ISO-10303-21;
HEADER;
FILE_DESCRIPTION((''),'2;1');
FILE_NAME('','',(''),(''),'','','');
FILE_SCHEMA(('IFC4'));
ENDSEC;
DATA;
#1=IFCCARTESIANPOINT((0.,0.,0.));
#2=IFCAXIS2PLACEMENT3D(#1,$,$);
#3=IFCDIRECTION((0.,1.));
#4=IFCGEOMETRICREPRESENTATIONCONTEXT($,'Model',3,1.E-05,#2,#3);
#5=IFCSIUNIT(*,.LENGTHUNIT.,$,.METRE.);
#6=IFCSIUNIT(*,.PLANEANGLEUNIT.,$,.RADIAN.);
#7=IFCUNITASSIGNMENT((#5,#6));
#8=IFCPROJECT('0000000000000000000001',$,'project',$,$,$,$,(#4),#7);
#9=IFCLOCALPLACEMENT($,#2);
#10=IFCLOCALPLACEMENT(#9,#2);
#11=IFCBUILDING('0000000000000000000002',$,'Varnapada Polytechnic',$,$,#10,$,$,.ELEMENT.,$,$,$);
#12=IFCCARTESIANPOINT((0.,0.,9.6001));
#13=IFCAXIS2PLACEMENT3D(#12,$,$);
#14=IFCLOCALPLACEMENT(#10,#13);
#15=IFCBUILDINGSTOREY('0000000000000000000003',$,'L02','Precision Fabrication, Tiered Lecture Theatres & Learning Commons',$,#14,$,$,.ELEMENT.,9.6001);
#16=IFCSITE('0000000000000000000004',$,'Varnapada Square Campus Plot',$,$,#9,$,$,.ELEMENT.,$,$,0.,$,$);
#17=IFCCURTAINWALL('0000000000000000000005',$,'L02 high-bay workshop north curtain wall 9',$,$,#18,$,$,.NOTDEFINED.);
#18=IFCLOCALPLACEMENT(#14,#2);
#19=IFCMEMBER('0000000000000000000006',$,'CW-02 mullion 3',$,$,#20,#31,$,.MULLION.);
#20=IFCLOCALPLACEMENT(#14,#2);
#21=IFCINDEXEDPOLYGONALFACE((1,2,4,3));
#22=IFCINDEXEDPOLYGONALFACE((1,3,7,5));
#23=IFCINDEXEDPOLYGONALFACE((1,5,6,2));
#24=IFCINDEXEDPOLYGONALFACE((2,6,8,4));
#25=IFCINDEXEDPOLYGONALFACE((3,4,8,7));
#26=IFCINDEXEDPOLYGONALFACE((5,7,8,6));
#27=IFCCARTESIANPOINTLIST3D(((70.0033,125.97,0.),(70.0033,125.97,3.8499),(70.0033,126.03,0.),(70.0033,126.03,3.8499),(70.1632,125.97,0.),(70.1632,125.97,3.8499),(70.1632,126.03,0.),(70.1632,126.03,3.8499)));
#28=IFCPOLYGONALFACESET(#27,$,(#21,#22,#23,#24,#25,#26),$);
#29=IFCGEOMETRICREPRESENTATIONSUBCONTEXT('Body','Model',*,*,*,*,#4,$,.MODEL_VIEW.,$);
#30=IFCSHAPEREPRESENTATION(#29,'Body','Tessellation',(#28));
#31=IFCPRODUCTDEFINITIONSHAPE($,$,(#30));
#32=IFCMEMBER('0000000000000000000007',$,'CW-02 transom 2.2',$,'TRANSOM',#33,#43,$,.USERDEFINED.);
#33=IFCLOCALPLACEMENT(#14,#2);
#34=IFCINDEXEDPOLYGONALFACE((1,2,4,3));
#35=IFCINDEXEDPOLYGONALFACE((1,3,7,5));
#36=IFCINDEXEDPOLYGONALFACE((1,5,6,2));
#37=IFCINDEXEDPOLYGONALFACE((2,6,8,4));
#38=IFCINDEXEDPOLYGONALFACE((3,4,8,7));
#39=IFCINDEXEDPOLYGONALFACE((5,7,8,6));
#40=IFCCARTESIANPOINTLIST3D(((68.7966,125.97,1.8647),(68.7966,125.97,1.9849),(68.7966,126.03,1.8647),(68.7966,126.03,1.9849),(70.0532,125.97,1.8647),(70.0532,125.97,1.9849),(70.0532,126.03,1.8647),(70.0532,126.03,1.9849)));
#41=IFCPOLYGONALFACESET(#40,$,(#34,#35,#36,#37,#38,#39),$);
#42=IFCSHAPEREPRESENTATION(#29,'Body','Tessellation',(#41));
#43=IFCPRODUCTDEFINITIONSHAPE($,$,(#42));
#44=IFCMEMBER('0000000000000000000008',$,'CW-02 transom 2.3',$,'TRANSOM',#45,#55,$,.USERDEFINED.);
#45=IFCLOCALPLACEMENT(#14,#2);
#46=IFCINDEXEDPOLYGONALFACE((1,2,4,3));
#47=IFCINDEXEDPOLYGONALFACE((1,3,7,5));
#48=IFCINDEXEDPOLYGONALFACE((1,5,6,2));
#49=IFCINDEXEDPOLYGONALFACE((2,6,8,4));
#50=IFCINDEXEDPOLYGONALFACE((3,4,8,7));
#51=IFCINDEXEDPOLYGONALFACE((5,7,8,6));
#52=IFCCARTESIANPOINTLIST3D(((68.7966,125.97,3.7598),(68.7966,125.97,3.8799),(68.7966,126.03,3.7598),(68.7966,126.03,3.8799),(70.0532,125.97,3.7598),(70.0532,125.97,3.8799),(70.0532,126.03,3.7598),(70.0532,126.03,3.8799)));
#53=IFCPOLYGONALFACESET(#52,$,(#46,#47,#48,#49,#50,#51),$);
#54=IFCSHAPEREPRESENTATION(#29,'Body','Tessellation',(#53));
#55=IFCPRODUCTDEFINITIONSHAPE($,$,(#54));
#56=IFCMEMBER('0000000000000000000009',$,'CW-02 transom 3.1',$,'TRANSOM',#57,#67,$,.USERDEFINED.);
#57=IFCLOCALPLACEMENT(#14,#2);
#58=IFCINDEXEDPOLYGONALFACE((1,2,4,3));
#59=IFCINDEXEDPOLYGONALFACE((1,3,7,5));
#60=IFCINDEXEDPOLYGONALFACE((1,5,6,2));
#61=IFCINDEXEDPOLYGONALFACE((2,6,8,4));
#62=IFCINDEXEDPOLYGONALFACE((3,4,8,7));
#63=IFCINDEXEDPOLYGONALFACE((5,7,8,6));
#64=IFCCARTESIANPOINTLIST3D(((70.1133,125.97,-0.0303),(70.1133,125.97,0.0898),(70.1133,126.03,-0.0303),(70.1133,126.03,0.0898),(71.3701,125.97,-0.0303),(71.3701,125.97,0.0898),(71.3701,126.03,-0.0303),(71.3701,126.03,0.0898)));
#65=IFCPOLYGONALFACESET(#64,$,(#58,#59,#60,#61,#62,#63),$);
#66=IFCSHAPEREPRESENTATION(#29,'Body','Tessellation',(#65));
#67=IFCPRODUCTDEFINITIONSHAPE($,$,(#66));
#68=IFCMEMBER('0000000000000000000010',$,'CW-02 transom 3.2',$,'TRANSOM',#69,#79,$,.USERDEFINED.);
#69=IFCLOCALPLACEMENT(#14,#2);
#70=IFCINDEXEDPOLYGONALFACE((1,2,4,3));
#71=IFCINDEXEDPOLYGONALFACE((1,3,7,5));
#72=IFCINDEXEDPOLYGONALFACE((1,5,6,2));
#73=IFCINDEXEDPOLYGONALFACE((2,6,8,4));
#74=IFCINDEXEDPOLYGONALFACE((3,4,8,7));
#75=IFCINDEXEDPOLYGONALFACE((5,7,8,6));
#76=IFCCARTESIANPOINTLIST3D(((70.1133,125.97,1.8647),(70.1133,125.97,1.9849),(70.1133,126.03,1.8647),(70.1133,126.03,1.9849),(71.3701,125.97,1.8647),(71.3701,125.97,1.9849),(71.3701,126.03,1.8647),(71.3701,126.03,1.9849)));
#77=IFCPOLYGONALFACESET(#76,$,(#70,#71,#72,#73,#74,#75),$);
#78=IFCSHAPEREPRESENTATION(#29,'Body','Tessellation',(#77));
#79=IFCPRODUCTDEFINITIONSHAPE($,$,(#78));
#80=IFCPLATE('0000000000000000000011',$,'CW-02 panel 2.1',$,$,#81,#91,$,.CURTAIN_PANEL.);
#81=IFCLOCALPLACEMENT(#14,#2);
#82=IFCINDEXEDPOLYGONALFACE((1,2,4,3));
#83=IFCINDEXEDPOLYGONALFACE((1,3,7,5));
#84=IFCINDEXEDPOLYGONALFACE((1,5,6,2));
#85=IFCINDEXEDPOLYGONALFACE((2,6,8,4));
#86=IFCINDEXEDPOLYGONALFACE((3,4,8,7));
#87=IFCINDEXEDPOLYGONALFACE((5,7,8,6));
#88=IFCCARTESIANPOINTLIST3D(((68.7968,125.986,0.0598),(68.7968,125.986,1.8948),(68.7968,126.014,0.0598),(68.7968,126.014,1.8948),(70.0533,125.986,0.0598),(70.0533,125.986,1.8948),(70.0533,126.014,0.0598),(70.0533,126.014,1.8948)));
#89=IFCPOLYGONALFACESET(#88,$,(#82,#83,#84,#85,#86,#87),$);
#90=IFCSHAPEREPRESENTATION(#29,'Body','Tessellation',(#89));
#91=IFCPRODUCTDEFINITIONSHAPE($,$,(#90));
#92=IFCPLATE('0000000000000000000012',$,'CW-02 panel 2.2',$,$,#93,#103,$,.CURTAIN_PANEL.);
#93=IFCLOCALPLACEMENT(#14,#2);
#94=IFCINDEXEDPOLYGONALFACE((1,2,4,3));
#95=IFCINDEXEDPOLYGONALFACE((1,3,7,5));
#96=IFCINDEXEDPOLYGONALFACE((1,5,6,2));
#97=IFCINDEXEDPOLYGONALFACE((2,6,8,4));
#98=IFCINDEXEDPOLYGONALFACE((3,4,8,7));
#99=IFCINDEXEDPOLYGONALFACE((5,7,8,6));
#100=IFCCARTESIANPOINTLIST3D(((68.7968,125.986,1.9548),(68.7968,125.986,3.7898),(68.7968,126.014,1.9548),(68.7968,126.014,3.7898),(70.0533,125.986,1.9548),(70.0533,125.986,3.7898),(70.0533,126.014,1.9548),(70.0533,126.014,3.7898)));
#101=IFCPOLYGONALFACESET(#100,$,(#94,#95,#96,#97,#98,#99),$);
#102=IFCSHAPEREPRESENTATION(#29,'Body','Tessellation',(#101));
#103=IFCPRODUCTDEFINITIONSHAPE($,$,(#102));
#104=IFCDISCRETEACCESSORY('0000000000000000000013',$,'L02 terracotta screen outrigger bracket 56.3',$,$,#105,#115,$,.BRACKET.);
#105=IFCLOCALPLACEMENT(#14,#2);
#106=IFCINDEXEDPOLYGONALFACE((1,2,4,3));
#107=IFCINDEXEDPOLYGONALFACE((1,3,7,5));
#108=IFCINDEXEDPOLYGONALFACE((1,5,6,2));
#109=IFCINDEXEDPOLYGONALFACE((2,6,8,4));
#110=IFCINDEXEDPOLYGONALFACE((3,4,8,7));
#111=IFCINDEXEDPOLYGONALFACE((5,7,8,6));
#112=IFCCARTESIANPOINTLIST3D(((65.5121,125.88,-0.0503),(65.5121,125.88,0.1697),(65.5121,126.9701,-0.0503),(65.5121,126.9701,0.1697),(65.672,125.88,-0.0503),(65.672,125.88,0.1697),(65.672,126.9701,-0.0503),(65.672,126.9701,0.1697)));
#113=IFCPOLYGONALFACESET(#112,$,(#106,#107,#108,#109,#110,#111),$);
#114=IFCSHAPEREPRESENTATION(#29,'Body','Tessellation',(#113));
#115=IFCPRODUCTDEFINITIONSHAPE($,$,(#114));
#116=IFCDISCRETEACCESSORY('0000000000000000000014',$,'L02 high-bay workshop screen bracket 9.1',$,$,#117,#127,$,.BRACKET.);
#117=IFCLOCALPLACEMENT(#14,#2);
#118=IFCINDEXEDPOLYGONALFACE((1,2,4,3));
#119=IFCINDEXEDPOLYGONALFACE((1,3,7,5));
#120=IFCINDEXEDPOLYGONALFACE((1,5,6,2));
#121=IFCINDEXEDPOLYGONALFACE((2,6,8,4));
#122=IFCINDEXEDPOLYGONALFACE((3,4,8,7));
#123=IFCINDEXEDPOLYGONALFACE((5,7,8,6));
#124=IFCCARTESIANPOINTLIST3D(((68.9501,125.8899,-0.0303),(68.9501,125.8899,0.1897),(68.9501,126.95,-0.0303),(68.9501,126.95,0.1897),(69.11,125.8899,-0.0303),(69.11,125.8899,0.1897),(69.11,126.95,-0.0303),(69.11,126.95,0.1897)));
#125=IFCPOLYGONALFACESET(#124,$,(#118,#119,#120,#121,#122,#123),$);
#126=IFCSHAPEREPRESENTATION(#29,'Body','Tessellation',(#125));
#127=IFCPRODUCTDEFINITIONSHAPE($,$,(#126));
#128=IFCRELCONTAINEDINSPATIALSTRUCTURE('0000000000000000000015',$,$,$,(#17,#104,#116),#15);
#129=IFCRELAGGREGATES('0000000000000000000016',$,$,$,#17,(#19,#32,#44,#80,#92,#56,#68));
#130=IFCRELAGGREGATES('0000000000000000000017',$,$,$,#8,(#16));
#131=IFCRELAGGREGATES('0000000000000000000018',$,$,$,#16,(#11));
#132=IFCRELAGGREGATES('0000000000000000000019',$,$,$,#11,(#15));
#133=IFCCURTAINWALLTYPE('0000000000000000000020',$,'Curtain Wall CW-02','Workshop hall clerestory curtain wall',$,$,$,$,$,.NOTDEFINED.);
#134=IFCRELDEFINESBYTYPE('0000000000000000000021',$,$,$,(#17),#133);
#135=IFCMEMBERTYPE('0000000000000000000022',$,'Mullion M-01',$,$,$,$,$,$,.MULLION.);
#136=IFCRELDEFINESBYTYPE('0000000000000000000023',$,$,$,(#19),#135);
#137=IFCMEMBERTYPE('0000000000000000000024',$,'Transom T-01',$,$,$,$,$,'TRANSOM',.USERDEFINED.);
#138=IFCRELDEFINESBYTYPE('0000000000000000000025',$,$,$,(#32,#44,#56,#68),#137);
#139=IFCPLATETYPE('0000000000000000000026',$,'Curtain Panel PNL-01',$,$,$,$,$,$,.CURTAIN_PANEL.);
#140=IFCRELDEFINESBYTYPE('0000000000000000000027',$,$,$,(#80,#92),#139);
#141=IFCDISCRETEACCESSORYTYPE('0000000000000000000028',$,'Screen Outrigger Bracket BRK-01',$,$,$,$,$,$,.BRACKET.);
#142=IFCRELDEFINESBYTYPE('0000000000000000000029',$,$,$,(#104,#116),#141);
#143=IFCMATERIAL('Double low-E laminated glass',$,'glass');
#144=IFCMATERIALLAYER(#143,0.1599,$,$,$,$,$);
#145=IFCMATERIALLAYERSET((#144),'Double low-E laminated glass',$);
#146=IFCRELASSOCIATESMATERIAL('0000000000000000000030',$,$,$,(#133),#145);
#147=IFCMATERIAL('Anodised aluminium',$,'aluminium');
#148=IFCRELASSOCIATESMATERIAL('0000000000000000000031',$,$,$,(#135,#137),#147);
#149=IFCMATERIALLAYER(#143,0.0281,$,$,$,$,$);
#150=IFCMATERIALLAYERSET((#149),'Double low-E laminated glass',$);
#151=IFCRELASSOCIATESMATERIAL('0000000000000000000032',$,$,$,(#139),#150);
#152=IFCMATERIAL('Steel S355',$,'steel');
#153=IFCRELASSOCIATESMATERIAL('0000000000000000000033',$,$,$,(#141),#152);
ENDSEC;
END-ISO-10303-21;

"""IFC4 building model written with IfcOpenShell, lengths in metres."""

from ifc_helpers import new_model, si_unit, direction, frame, origin, origin_2d, place, context, subcontext, project, spatial, rectangle, extrude, material, layer, layer_set, material_profile, profile_set, type_object, element, aggregate, save


model = new_model("IFC4")

# Units and contexts
model_context = context("Model", 3, precision=1e-05, world=origin(), true_north=direction((0.0, 1.0)))
body_context = subcontext(model_context, "Body", "Model", "MODEL_VIEW")
ifc_project = project(units=[si_unit("LENGTHUNIT", "METRE"), si_unit("PLANEANGLEUNIT", "RADIAN")], contexts=[model_context])

# Site, building, storey
site_placement = place(None, origin())
site = spatial("IfcSite", under=ifc_project, at=site_placement, Name="Varnapada Square Campus Plot", CompositionType="ELEMENT", RefElevation=0.0)
building_placement = place(site_placement, origin())
building = spatial("IfcBuilding", under=site, at=building_placement, Name="Varnapada Polytechnic", CompositionType="ELEMENT")
storey_placement = place(building_placement, frame((0.0, 0.0, 9.6001)))
storey = spatial("IfcBuildingStorey", under=building, at=storey_placement, Name="L02", Description="Precision Fabrication, Tiered Lecture Theatres & Learning Commons", CompositionType="ELEMENT", Elevation=9.6001)

# Curtain wall, members, plates
ifc_material_1 = material(Name="Double low-E laminated glass", Category="glass")
ifc_layer_1 = layer(ifc_material_1, 0.1599)
ifc_layer_set_1 = layer_set([ifc_layer_1], Name="Double low-E laminated glass")
curtain_wall_type = type_object("IfcCurtainWallType", Name="Curtain Wall CW-02", Description="Workshop hall clerestory curtain wall", PredefinedType="NOTDEFINED", material=ifc_layer_set_1)
curtain_wall_placement = place(storey_placement, origin())
curtain_wall = element("IfcCurtainWall", 1, at=curtain_wall_placement, inside=storey, type_object=curtain_wall_type, Name="L02 high-bay workshop north curtain wall 9", PredefinedType="NOTDEFINED")
ifc_material_2 = material(Name="Anodised aluminium", Category="aluminium")
ifc_material_profile_1 = material_profile(ifc_material_2, rectangle(XDim=0.0601, YDim=0.1599, at=origin_2d()), Name="ALU M60x160")
ifc_profile_set_1 = profile_set([ifc_material_profile_1], Name="Anodised aluminium")
member_type_1 = type_object("IfcMemberType", Name="Mullion M-01", PredefinedType="MULLION", material=ifc_profile_set_1)
member_1_placement = place(storey_placement, frame((70.0833, 126.0, 0.0), z_axis=(0.0, 0.0, 1.0), x_axis=(0.0, 1.0, 0.0)))
member_1 = element("IfcMember", 2, at=member_1_placement, type_object=member_type_1, Name="CW-02 mullion 3", PredefinedType="MULLION", context=body_context, shape_type="SweptSolid", body=[
    extrude(rectangle(XDim=0.0601, YDim=0.1599, at=origin_2d()), origin(), (0.0, 0.0, 1.0), 3.8499),
])
ifc_material_profile_2 = material_profile(ifc_material_2, rectangle(XDim=0.0601, YDim=0.1201, at=origin_2d()), Name="ALU T60x120")
ifc_profile_set_2 = profile_set([ifc_material_profile_2], Name="Anodised aluminium")
member_type_2 = type_object("IfcMemberType", Name="Transom T-01", ElementType="TRANSOM", PredefinedType="USERDEFINED", material=ifc_profile_set_2)
member_2_placement = place(storey_placement, frame((68.7966, 126.0, 1.9248), z_axis=(1.0, 0.0, 0.0), x_axis=(0.0, 1.0, 0.0)))
member_2 = element("IfcMember", 3, at=member_2_placement, type_object=member_type_2, Name="CW-02 transom 2.2", ObjectType="TRANSOM", PredefinedType="USERDEFINED", context=body_context, shape_type="SweptSolid", body=[
    extrude(rectangle(XDim=0.0601, YDim=0.1201, at=origin_2d()), origin(), (0.0, 0.0, 1.0), 1.2566),
])
member_3_placement = place(storey_placement, frame((68.7966, 126.0, 3.8198), z_axis=(1.0, 0.0, 0.0), x_axis=(0.0, 1.0, 0.0)))
member_3 = element("IfcMember", 4, at=member_3_placement, type_object=member_type_2, Name="CW-02 transom 2.3", ObjectType="TRANSOM", PredefinedType="USERDEFINED", context=body_context, shape_type="SweptSolid", body=[
    extrude(rectangle(XDim=0.0601, YDim=0.1201, at=origin_2d()), origin(), (0.0, 0.0, 1.0), 1.2566),
])
member_4_placement = place(storey_placement, frame((70.1133, 126.0, 0.0298), z_axis=(1.0, 0.0, 0.0), x_axis=(0.0, 1.0, 0.0)))
member_4 = element("IfcMember", 5, at=member_4_placement, type_object=member_type_2, Name="CW-02 transom 3.1", ObjectType="TRANSOM", PredefinedType="USERDEFINED", context=body_context, shape_type="SweptSolid", body=[
    extrude(rectangle(XDim=0.0601, YDim=0.1201, at=origin_2d()), origin(), (0.0, 0.0, 1.0), 1.2568),
])
member_5_placement = place(storey_placement, frame((70.1133, 126.0, 1.9248), z_axis=(1.0, 0.0, 0.0), x_axis=(0.0, 1.0, 0.0)))
member_5 = element("IfcMember", 6, at=member_5_placement, type_object=member_type_2, Name="CW-02 transom 3.2", ObjectType="TRANSOM", PredefinedType="USERDEFINED", context=body_context, shape_type="SweptSolid", body=[
    extrude(rectangle(XDim=0.0601, YDim=0.1201, at=origin_2d()), origin(), (0.0, 0.0, 1.0), 1.2568),
])
ifc_layer_2 = layer(ifc_material_1, 0.0281)
ifc_layer_set_2 = layer_set([ifc_layer_2], Name="Double low-E laminated glass")
plate_type = type_object("IfcPlateType", Name="Curtain Panel PNL-01", PredefinedType="CURTAIN_PANEL", material=ifc_layer_set_2)
plate_1_placement = place(storey_placement, frame((69.425, 126.0, 0.0598), z_axis=(0.0, 0.0, 1.0), x_axis=(1.0, 0.0, 0.0)))
plate_1 = element("IfcPlate", 7, at=plate_1_placement, type_object=plate_type, Name="CW-02 panel 2.1", PredefinedType="CURTAIN_PANEL", context=body_context, shape_type="SweptSolid", body=[
    extrude(rectangle(XDim=1.2566, YDim=0.0281, at=origin_2d()), origin(), (0.0, 0.0, 1.0), 1.835),
])
plate_2_placement = place(storey_placement, frame((69.425, 126.0, 1.9548), z_axis=(0.0, 0.0, 1.0), x_axis=(1.0, 0.0, 0.0)))
plate_2 = element("IfcPlate", 8, at=plate_2_placement, type_object=plate_type, Name="CW-02 panel 2.2", PredefinedType="CURTAIN_PANEL", context=body_context, shape_type="SweptSolid", body=[
    extrude(rectangle(XDim=1.2566, YDim=0.0281, at=origin_2d()), origin(), (0.0, 0.0, 1.0), 1.835),
])
aggregate(curtain_wall, [member_1, member_2, member_3, plate_1, plate_2, member_4, member_5])

# Discrete accessories
ifc_material_3 = material(Name="Steel S355", Category="steel")
discrete_accessory_type = type_object("IfcDiscreteAccessoryType", Name="Screen Outrigger Bracket BRK-01", PredefinedType="BRACKET", material=ifc_material_3)
discrete_accessory_1_placement = place(storey_placement, frame((65.592, 126.425, -0.0503), z_axis=(0.0, 0.0, 1.0), x_axis=(1.0, 0.0, 0.0)))
element("IfcDiscreteAccessory", 9, at=discrete_accessory_1_placement, inside=storey, type_object=discrete_accessory_type, Name="L02 terracotta screen outrigger bracket 56.3", PredefinedType="BRACKET", context=body_context, shape_type="SweptSolid", body=[
    extrude(rectangle(XDim=0.1599, YDim=1.0901, at=origin_2d()), origin(), (0.0, 0.0, 1.0), 0.22),
])
discrete_accessory_2_placement = place(storey_placement, frame((69.03, 126.4199, -0.0303), z_axis=(0.0, 0.0, 1.0), x_axis=(1.0, 0.0, 0.0)))
element("IfcDiscreteAccessory", 10, at=discrete_accessory_2_placement, inside=storey, type_object=discrete_accessory_type, Name="L02 high-bay workshop screen bracket 9.1", PredefinedType="BRACKET", context=body_context, shape_type="SweptSolid", body=[
    extrude(rectangle(XDim=0.1599, YDim=1.0601, at=origin_2d()), origin(), (0.0, 0.0, 1.0), 0.22),
])

save(model, "model.ifc")
